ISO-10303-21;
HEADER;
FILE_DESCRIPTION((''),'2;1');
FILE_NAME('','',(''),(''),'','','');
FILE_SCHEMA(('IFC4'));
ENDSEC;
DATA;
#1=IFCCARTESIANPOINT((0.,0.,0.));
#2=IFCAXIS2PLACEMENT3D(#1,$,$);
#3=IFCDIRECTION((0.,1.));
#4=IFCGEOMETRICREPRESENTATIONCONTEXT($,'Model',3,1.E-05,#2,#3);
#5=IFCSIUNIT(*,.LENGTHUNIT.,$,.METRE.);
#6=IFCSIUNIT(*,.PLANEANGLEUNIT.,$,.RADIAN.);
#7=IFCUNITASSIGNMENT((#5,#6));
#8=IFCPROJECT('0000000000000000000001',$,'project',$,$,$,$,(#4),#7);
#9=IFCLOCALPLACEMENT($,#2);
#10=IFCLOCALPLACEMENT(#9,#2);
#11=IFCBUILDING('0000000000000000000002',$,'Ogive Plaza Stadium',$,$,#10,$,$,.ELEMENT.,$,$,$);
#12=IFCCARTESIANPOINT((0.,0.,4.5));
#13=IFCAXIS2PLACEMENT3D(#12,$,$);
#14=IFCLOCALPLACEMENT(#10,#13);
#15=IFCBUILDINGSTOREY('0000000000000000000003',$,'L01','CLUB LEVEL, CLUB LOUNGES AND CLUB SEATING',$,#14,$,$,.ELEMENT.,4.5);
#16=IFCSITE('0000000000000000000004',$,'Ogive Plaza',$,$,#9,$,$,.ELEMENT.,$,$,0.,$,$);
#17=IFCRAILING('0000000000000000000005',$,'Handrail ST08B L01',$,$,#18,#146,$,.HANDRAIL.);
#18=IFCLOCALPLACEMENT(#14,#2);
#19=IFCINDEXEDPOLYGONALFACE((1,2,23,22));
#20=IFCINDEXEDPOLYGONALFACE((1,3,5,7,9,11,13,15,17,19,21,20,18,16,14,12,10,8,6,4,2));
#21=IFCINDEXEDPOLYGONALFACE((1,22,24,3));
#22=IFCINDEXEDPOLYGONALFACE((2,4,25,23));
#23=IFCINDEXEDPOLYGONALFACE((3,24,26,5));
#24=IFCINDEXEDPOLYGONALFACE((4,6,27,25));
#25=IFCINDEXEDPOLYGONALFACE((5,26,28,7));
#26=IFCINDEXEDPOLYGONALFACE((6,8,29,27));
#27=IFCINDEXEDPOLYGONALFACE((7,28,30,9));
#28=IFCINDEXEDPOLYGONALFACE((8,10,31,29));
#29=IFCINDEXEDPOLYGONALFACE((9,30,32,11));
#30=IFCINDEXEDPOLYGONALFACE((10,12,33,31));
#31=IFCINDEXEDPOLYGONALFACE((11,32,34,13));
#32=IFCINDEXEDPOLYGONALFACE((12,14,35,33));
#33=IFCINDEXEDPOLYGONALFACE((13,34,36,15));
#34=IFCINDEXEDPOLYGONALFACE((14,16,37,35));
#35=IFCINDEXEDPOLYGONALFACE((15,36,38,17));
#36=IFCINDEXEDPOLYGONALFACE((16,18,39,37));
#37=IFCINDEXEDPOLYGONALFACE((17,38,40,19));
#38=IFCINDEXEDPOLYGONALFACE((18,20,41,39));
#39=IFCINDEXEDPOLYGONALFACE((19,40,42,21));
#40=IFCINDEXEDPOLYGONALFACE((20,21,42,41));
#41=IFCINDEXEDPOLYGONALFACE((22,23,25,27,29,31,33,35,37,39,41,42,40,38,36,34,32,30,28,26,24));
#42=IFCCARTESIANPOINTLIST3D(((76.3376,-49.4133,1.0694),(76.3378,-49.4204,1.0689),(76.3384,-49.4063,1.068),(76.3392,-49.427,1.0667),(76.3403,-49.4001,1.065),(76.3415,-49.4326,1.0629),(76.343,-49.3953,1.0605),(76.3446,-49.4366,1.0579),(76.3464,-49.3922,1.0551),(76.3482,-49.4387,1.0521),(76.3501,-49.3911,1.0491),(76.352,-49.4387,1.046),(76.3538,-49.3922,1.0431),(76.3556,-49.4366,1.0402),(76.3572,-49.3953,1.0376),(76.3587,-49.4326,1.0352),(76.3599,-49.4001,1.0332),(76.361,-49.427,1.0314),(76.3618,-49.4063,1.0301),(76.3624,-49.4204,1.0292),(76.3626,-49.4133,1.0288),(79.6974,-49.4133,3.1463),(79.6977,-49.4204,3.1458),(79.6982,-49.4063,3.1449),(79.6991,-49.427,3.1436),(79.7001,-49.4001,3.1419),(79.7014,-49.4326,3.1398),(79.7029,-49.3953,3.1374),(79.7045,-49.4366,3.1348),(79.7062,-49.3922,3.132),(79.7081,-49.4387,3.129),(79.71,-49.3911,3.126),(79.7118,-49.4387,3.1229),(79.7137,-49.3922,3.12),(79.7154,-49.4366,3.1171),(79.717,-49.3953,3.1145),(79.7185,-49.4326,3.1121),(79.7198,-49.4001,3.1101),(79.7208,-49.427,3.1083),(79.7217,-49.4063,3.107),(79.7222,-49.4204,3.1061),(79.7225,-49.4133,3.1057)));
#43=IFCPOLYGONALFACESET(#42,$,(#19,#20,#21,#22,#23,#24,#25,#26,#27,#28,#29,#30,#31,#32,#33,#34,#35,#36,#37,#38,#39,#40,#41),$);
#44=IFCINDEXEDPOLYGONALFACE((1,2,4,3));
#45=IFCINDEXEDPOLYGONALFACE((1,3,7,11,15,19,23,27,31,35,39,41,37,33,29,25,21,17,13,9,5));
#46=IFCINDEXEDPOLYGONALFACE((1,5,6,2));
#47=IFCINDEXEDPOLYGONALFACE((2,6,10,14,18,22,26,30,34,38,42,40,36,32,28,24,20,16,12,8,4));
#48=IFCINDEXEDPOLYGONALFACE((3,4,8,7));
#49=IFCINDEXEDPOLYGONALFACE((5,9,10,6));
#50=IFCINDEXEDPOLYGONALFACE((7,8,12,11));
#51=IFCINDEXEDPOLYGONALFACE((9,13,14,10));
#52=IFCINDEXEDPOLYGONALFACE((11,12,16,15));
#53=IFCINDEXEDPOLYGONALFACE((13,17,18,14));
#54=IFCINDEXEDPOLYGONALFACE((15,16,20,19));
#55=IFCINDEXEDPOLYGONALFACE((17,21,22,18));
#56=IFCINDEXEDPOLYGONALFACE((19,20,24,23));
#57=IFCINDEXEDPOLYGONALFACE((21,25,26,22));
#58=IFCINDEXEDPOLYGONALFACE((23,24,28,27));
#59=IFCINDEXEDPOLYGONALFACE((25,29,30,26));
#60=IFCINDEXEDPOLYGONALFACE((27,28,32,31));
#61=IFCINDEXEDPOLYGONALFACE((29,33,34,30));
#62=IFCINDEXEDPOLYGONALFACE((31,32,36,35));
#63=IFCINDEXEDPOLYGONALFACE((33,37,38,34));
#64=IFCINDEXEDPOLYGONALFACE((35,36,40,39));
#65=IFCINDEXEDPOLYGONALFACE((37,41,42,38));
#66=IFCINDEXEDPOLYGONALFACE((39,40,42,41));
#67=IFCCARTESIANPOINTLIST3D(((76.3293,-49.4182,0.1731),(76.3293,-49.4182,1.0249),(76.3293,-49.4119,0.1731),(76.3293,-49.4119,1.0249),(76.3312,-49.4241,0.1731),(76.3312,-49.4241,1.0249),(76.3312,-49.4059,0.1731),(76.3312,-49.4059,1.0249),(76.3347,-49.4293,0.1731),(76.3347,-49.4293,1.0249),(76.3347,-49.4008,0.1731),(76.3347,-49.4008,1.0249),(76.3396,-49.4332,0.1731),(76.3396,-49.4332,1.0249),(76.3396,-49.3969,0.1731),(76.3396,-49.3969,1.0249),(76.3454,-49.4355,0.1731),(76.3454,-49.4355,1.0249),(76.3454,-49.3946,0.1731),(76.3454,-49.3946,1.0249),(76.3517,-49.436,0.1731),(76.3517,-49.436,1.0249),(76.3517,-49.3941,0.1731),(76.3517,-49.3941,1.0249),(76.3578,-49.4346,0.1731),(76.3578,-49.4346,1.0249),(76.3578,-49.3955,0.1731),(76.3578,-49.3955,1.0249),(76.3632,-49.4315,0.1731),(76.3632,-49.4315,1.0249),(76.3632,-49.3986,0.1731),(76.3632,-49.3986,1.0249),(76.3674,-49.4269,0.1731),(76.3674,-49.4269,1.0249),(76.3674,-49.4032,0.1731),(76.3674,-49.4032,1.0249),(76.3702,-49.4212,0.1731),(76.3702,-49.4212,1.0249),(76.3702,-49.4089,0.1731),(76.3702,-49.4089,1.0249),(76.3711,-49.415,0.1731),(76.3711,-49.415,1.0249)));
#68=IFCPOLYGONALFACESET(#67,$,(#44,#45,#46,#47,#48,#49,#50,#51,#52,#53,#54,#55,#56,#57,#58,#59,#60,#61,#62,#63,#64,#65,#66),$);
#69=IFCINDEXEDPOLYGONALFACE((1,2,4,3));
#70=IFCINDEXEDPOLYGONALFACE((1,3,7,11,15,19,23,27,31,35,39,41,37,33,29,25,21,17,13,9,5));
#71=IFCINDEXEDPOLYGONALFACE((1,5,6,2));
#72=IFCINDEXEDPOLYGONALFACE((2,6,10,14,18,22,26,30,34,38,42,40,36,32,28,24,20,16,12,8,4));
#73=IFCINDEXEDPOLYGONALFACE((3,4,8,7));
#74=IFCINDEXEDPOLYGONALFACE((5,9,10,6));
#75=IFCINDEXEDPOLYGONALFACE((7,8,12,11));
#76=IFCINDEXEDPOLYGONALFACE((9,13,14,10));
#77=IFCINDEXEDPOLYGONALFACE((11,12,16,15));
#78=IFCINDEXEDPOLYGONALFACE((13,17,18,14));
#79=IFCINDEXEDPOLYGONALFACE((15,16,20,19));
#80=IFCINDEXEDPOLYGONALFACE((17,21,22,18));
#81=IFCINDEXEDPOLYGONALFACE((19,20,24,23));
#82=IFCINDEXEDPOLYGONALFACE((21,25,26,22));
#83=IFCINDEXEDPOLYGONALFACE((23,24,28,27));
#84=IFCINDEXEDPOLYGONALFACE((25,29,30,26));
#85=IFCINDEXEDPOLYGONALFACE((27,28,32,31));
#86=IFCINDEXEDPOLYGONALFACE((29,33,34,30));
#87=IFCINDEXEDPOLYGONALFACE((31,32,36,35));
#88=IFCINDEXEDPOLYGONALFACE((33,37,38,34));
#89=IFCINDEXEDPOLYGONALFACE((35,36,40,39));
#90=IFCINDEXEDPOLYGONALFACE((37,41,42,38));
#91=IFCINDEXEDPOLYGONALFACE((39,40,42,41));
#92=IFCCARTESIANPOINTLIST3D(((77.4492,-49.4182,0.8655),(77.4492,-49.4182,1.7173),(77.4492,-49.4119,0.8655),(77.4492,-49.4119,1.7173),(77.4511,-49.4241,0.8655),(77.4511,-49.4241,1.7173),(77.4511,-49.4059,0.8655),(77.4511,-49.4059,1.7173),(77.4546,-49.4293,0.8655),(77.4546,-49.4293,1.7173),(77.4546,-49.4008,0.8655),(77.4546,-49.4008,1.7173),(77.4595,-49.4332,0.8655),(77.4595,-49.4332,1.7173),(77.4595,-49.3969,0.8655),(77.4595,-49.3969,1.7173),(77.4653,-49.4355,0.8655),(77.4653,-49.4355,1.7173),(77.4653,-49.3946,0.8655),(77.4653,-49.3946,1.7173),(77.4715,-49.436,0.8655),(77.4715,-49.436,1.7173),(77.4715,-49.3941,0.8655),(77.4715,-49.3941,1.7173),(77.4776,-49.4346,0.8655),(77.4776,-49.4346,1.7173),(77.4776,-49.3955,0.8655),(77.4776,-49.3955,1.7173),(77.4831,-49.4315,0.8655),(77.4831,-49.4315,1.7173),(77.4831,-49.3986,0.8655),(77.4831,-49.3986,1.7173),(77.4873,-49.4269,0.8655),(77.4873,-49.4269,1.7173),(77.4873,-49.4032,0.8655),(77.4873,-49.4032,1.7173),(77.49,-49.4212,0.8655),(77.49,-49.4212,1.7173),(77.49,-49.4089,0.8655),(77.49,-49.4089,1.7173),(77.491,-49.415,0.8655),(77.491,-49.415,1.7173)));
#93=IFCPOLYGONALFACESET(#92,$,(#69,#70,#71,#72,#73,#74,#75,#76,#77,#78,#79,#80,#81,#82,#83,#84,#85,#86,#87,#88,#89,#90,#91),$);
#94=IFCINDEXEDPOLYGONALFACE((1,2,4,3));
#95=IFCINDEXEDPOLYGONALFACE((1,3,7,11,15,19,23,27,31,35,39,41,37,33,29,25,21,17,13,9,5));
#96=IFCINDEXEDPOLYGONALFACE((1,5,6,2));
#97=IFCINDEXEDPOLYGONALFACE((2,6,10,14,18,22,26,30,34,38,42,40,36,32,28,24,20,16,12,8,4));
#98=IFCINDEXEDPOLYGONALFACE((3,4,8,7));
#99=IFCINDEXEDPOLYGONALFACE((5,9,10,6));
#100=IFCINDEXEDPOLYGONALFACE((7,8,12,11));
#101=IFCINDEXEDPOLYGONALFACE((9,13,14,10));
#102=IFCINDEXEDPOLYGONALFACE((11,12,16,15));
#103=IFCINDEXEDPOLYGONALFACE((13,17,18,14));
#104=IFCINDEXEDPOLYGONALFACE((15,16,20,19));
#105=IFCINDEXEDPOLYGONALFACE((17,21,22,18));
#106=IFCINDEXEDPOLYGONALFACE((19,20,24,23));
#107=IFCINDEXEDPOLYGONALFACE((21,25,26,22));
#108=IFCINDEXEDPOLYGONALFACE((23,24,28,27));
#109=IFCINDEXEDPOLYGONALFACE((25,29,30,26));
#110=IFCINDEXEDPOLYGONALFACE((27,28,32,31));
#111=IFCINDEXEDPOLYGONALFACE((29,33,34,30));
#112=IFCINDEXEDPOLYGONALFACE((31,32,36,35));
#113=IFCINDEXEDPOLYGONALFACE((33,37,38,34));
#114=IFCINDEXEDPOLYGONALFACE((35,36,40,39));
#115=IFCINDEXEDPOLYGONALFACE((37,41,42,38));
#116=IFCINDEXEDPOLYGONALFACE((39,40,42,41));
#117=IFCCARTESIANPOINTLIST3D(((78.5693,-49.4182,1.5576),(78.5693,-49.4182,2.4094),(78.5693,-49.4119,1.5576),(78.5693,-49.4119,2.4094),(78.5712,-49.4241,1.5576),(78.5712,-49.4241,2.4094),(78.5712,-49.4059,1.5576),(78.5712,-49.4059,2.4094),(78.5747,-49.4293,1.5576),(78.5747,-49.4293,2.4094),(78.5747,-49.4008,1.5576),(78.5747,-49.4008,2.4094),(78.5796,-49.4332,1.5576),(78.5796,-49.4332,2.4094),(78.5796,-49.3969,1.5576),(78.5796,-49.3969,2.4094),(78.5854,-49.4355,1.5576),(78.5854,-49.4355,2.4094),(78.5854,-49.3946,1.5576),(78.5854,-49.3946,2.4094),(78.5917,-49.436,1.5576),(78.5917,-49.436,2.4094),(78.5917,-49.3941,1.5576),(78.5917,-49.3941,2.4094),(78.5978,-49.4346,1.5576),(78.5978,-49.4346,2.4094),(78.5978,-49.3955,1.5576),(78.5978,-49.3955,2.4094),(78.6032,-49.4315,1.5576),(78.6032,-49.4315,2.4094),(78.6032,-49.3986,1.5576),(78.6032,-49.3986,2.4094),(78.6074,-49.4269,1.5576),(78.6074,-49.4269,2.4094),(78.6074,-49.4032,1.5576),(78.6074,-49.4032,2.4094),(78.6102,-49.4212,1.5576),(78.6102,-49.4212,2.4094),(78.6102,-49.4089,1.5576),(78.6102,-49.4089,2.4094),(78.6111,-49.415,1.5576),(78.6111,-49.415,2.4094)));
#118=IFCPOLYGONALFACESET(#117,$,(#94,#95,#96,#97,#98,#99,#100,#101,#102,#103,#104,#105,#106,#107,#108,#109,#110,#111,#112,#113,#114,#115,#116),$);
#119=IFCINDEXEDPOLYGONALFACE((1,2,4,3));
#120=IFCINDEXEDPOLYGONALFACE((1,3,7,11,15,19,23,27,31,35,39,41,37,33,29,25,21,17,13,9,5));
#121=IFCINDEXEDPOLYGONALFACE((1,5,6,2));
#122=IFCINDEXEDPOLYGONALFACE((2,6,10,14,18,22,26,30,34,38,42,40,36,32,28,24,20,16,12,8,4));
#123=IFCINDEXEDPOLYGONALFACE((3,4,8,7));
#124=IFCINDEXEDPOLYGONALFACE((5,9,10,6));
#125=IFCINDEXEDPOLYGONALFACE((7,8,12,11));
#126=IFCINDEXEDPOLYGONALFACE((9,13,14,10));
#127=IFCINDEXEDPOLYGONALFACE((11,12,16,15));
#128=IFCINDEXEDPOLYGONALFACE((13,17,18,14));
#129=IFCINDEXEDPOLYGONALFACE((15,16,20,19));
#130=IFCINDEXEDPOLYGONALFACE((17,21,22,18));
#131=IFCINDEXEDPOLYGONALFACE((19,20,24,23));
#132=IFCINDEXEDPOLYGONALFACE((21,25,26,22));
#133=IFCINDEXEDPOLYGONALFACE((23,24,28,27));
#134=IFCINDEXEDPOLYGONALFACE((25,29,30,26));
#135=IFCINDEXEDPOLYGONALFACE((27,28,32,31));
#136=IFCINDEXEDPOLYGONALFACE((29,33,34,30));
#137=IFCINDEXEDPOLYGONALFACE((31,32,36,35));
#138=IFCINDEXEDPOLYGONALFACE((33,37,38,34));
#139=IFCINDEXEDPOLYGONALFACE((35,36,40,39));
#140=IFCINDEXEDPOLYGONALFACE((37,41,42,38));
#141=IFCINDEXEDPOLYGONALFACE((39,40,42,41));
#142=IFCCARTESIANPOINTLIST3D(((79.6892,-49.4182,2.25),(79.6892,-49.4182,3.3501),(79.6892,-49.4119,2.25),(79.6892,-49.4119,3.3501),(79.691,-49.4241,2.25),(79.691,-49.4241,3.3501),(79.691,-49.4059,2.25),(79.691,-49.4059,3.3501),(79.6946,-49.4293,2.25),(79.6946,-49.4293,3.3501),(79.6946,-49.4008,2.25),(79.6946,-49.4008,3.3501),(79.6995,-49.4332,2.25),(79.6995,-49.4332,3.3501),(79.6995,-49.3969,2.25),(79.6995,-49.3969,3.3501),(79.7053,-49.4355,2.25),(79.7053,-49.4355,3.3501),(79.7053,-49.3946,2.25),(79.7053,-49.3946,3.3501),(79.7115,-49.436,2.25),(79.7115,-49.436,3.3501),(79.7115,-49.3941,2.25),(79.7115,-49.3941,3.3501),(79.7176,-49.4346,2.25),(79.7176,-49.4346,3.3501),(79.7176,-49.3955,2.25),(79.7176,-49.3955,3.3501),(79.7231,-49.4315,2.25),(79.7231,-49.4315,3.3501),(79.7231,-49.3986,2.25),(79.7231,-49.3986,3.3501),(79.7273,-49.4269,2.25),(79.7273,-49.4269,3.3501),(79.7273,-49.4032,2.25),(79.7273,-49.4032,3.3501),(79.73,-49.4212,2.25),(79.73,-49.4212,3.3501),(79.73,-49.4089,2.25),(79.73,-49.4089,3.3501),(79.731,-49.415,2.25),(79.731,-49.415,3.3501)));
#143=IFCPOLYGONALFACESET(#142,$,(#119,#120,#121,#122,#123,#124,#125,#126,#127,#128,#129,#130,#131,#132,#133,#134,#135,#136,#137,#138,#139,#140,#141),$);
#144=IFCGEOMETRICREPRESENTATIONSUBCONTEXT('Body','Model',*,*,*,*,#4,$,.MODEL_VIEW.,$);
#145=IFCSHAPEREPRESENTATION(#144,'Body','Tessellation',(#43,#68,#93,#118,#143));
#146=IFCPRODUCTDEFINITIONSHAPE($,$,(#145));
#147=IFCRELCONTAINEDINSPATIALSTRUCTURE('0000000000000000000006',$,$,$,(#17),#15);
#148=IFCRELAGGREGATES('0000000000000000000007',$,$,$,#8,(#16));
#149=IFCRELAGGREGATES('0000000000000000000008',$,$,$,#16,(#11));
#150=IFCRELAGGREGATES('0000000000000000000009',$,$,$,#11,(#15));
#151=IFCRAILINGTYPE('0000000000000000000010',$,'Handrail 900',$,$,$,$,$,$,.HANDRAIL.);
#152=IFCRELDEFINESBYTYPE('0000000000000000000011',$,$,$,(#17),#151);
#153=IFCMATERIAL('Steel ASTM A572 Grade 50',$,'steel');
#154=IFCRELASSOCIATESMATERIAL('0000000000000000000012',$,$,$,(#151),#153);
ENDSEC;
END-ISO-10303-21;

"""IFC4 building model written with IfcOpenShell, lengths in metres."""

from ifc_helpers import new_model, si_unit, direction, frame, origin, origin_2d, place, context, subcontext, project, spatial, circle, extrude, material, type_object, element, save


model = new_model("IFC4")

# Units and contexts
model_context = context("Model", 3, precision=1e-05, world=origin(), true_north=direction((0.0, 1.0)))
body_context = subcontext(model_context, "Body", "Model", "MODEL_VIEW")
ifc_project = project(units=[si_unit("LENGTHUNIT", "METRE"), si_unit("PLANEANGLEUNIT", "RADIAN")], contexts=[model_context])

# Site, building, storey
site_placement = place(None, origin())
site = spatial("IfcSite", under=ifc_project, at=site_placement, Name="Ogive Plaza", CompositionType="ELEMENT", RefElevation=0.0)
building_placement = place(site_placement, origin())
building = spatial("IfcBuilding", under=site, at=building_placement, Name="Ogive Plaza Stadium", CompositionType="ELEMENT")
storey_placement = place(building_placement, frame((0.0, 0.0, 4.5)))
storey = spatial("IfcBuildingStorey", under=building, at=storey_placement, Name="L01", Description="CLUB LEVEL, CLUB LOUNGES AND CLUB SEATING", CompositionType="ELEMENT", Elevation=4.5)

# Railing
ifc_material_1 = material(Name="Steel ASTM A572 Grade 50", Category="steel")
railing_type_1 = type_object("IfcRailingType", Name="Handrail 900", PredefinedType="HANDRAIL", material=ifc_material_1)
railing_placement = place(storey_placement, frame((76.3501, -49.415, 0.1731)))
element("IfcRailing", 1, at=railing_placement, inside=storey, type_object=railing_type_1, Name="Handrail ST08B L01", PredefinedType="HANDRAIL", context=body_context, shape_type="SweptSolid", body=[
    extrude(circle(Radius=0.0239, at=origin_2d()), frame((0.0, 0.0, 0.876), z_axis=(0.850606, 0.0, 0.525803), x_axis=(0.0, 1.0, 0.0)), (0.0, 0.0, 1.0), 3.95),
    extrude(circle(Radius=0.021, at=origin_2d()), origin(), (0.0, 0.0, 1.0), 0.8518),
    extrude(circle(Radius=0.021, at=origin_2d()), frame((1.1199, 0.0, 0.6924)), (0.0, 0.0, 1.0), 0.8518),
    extrude(circle(Radius=0.021, at=origin_2d()), frame((2.24, 0.0, 1.3845)), (0.0, 0.0, 1.0), 0.8518),
    extrude(circle(Radius=0.021, at=origin_2d()), frame((3.3599, 0.0, 2.0769)), (0.0, 0.0, 1.0), 1.1001),
])

save(model, "model.ifc")
